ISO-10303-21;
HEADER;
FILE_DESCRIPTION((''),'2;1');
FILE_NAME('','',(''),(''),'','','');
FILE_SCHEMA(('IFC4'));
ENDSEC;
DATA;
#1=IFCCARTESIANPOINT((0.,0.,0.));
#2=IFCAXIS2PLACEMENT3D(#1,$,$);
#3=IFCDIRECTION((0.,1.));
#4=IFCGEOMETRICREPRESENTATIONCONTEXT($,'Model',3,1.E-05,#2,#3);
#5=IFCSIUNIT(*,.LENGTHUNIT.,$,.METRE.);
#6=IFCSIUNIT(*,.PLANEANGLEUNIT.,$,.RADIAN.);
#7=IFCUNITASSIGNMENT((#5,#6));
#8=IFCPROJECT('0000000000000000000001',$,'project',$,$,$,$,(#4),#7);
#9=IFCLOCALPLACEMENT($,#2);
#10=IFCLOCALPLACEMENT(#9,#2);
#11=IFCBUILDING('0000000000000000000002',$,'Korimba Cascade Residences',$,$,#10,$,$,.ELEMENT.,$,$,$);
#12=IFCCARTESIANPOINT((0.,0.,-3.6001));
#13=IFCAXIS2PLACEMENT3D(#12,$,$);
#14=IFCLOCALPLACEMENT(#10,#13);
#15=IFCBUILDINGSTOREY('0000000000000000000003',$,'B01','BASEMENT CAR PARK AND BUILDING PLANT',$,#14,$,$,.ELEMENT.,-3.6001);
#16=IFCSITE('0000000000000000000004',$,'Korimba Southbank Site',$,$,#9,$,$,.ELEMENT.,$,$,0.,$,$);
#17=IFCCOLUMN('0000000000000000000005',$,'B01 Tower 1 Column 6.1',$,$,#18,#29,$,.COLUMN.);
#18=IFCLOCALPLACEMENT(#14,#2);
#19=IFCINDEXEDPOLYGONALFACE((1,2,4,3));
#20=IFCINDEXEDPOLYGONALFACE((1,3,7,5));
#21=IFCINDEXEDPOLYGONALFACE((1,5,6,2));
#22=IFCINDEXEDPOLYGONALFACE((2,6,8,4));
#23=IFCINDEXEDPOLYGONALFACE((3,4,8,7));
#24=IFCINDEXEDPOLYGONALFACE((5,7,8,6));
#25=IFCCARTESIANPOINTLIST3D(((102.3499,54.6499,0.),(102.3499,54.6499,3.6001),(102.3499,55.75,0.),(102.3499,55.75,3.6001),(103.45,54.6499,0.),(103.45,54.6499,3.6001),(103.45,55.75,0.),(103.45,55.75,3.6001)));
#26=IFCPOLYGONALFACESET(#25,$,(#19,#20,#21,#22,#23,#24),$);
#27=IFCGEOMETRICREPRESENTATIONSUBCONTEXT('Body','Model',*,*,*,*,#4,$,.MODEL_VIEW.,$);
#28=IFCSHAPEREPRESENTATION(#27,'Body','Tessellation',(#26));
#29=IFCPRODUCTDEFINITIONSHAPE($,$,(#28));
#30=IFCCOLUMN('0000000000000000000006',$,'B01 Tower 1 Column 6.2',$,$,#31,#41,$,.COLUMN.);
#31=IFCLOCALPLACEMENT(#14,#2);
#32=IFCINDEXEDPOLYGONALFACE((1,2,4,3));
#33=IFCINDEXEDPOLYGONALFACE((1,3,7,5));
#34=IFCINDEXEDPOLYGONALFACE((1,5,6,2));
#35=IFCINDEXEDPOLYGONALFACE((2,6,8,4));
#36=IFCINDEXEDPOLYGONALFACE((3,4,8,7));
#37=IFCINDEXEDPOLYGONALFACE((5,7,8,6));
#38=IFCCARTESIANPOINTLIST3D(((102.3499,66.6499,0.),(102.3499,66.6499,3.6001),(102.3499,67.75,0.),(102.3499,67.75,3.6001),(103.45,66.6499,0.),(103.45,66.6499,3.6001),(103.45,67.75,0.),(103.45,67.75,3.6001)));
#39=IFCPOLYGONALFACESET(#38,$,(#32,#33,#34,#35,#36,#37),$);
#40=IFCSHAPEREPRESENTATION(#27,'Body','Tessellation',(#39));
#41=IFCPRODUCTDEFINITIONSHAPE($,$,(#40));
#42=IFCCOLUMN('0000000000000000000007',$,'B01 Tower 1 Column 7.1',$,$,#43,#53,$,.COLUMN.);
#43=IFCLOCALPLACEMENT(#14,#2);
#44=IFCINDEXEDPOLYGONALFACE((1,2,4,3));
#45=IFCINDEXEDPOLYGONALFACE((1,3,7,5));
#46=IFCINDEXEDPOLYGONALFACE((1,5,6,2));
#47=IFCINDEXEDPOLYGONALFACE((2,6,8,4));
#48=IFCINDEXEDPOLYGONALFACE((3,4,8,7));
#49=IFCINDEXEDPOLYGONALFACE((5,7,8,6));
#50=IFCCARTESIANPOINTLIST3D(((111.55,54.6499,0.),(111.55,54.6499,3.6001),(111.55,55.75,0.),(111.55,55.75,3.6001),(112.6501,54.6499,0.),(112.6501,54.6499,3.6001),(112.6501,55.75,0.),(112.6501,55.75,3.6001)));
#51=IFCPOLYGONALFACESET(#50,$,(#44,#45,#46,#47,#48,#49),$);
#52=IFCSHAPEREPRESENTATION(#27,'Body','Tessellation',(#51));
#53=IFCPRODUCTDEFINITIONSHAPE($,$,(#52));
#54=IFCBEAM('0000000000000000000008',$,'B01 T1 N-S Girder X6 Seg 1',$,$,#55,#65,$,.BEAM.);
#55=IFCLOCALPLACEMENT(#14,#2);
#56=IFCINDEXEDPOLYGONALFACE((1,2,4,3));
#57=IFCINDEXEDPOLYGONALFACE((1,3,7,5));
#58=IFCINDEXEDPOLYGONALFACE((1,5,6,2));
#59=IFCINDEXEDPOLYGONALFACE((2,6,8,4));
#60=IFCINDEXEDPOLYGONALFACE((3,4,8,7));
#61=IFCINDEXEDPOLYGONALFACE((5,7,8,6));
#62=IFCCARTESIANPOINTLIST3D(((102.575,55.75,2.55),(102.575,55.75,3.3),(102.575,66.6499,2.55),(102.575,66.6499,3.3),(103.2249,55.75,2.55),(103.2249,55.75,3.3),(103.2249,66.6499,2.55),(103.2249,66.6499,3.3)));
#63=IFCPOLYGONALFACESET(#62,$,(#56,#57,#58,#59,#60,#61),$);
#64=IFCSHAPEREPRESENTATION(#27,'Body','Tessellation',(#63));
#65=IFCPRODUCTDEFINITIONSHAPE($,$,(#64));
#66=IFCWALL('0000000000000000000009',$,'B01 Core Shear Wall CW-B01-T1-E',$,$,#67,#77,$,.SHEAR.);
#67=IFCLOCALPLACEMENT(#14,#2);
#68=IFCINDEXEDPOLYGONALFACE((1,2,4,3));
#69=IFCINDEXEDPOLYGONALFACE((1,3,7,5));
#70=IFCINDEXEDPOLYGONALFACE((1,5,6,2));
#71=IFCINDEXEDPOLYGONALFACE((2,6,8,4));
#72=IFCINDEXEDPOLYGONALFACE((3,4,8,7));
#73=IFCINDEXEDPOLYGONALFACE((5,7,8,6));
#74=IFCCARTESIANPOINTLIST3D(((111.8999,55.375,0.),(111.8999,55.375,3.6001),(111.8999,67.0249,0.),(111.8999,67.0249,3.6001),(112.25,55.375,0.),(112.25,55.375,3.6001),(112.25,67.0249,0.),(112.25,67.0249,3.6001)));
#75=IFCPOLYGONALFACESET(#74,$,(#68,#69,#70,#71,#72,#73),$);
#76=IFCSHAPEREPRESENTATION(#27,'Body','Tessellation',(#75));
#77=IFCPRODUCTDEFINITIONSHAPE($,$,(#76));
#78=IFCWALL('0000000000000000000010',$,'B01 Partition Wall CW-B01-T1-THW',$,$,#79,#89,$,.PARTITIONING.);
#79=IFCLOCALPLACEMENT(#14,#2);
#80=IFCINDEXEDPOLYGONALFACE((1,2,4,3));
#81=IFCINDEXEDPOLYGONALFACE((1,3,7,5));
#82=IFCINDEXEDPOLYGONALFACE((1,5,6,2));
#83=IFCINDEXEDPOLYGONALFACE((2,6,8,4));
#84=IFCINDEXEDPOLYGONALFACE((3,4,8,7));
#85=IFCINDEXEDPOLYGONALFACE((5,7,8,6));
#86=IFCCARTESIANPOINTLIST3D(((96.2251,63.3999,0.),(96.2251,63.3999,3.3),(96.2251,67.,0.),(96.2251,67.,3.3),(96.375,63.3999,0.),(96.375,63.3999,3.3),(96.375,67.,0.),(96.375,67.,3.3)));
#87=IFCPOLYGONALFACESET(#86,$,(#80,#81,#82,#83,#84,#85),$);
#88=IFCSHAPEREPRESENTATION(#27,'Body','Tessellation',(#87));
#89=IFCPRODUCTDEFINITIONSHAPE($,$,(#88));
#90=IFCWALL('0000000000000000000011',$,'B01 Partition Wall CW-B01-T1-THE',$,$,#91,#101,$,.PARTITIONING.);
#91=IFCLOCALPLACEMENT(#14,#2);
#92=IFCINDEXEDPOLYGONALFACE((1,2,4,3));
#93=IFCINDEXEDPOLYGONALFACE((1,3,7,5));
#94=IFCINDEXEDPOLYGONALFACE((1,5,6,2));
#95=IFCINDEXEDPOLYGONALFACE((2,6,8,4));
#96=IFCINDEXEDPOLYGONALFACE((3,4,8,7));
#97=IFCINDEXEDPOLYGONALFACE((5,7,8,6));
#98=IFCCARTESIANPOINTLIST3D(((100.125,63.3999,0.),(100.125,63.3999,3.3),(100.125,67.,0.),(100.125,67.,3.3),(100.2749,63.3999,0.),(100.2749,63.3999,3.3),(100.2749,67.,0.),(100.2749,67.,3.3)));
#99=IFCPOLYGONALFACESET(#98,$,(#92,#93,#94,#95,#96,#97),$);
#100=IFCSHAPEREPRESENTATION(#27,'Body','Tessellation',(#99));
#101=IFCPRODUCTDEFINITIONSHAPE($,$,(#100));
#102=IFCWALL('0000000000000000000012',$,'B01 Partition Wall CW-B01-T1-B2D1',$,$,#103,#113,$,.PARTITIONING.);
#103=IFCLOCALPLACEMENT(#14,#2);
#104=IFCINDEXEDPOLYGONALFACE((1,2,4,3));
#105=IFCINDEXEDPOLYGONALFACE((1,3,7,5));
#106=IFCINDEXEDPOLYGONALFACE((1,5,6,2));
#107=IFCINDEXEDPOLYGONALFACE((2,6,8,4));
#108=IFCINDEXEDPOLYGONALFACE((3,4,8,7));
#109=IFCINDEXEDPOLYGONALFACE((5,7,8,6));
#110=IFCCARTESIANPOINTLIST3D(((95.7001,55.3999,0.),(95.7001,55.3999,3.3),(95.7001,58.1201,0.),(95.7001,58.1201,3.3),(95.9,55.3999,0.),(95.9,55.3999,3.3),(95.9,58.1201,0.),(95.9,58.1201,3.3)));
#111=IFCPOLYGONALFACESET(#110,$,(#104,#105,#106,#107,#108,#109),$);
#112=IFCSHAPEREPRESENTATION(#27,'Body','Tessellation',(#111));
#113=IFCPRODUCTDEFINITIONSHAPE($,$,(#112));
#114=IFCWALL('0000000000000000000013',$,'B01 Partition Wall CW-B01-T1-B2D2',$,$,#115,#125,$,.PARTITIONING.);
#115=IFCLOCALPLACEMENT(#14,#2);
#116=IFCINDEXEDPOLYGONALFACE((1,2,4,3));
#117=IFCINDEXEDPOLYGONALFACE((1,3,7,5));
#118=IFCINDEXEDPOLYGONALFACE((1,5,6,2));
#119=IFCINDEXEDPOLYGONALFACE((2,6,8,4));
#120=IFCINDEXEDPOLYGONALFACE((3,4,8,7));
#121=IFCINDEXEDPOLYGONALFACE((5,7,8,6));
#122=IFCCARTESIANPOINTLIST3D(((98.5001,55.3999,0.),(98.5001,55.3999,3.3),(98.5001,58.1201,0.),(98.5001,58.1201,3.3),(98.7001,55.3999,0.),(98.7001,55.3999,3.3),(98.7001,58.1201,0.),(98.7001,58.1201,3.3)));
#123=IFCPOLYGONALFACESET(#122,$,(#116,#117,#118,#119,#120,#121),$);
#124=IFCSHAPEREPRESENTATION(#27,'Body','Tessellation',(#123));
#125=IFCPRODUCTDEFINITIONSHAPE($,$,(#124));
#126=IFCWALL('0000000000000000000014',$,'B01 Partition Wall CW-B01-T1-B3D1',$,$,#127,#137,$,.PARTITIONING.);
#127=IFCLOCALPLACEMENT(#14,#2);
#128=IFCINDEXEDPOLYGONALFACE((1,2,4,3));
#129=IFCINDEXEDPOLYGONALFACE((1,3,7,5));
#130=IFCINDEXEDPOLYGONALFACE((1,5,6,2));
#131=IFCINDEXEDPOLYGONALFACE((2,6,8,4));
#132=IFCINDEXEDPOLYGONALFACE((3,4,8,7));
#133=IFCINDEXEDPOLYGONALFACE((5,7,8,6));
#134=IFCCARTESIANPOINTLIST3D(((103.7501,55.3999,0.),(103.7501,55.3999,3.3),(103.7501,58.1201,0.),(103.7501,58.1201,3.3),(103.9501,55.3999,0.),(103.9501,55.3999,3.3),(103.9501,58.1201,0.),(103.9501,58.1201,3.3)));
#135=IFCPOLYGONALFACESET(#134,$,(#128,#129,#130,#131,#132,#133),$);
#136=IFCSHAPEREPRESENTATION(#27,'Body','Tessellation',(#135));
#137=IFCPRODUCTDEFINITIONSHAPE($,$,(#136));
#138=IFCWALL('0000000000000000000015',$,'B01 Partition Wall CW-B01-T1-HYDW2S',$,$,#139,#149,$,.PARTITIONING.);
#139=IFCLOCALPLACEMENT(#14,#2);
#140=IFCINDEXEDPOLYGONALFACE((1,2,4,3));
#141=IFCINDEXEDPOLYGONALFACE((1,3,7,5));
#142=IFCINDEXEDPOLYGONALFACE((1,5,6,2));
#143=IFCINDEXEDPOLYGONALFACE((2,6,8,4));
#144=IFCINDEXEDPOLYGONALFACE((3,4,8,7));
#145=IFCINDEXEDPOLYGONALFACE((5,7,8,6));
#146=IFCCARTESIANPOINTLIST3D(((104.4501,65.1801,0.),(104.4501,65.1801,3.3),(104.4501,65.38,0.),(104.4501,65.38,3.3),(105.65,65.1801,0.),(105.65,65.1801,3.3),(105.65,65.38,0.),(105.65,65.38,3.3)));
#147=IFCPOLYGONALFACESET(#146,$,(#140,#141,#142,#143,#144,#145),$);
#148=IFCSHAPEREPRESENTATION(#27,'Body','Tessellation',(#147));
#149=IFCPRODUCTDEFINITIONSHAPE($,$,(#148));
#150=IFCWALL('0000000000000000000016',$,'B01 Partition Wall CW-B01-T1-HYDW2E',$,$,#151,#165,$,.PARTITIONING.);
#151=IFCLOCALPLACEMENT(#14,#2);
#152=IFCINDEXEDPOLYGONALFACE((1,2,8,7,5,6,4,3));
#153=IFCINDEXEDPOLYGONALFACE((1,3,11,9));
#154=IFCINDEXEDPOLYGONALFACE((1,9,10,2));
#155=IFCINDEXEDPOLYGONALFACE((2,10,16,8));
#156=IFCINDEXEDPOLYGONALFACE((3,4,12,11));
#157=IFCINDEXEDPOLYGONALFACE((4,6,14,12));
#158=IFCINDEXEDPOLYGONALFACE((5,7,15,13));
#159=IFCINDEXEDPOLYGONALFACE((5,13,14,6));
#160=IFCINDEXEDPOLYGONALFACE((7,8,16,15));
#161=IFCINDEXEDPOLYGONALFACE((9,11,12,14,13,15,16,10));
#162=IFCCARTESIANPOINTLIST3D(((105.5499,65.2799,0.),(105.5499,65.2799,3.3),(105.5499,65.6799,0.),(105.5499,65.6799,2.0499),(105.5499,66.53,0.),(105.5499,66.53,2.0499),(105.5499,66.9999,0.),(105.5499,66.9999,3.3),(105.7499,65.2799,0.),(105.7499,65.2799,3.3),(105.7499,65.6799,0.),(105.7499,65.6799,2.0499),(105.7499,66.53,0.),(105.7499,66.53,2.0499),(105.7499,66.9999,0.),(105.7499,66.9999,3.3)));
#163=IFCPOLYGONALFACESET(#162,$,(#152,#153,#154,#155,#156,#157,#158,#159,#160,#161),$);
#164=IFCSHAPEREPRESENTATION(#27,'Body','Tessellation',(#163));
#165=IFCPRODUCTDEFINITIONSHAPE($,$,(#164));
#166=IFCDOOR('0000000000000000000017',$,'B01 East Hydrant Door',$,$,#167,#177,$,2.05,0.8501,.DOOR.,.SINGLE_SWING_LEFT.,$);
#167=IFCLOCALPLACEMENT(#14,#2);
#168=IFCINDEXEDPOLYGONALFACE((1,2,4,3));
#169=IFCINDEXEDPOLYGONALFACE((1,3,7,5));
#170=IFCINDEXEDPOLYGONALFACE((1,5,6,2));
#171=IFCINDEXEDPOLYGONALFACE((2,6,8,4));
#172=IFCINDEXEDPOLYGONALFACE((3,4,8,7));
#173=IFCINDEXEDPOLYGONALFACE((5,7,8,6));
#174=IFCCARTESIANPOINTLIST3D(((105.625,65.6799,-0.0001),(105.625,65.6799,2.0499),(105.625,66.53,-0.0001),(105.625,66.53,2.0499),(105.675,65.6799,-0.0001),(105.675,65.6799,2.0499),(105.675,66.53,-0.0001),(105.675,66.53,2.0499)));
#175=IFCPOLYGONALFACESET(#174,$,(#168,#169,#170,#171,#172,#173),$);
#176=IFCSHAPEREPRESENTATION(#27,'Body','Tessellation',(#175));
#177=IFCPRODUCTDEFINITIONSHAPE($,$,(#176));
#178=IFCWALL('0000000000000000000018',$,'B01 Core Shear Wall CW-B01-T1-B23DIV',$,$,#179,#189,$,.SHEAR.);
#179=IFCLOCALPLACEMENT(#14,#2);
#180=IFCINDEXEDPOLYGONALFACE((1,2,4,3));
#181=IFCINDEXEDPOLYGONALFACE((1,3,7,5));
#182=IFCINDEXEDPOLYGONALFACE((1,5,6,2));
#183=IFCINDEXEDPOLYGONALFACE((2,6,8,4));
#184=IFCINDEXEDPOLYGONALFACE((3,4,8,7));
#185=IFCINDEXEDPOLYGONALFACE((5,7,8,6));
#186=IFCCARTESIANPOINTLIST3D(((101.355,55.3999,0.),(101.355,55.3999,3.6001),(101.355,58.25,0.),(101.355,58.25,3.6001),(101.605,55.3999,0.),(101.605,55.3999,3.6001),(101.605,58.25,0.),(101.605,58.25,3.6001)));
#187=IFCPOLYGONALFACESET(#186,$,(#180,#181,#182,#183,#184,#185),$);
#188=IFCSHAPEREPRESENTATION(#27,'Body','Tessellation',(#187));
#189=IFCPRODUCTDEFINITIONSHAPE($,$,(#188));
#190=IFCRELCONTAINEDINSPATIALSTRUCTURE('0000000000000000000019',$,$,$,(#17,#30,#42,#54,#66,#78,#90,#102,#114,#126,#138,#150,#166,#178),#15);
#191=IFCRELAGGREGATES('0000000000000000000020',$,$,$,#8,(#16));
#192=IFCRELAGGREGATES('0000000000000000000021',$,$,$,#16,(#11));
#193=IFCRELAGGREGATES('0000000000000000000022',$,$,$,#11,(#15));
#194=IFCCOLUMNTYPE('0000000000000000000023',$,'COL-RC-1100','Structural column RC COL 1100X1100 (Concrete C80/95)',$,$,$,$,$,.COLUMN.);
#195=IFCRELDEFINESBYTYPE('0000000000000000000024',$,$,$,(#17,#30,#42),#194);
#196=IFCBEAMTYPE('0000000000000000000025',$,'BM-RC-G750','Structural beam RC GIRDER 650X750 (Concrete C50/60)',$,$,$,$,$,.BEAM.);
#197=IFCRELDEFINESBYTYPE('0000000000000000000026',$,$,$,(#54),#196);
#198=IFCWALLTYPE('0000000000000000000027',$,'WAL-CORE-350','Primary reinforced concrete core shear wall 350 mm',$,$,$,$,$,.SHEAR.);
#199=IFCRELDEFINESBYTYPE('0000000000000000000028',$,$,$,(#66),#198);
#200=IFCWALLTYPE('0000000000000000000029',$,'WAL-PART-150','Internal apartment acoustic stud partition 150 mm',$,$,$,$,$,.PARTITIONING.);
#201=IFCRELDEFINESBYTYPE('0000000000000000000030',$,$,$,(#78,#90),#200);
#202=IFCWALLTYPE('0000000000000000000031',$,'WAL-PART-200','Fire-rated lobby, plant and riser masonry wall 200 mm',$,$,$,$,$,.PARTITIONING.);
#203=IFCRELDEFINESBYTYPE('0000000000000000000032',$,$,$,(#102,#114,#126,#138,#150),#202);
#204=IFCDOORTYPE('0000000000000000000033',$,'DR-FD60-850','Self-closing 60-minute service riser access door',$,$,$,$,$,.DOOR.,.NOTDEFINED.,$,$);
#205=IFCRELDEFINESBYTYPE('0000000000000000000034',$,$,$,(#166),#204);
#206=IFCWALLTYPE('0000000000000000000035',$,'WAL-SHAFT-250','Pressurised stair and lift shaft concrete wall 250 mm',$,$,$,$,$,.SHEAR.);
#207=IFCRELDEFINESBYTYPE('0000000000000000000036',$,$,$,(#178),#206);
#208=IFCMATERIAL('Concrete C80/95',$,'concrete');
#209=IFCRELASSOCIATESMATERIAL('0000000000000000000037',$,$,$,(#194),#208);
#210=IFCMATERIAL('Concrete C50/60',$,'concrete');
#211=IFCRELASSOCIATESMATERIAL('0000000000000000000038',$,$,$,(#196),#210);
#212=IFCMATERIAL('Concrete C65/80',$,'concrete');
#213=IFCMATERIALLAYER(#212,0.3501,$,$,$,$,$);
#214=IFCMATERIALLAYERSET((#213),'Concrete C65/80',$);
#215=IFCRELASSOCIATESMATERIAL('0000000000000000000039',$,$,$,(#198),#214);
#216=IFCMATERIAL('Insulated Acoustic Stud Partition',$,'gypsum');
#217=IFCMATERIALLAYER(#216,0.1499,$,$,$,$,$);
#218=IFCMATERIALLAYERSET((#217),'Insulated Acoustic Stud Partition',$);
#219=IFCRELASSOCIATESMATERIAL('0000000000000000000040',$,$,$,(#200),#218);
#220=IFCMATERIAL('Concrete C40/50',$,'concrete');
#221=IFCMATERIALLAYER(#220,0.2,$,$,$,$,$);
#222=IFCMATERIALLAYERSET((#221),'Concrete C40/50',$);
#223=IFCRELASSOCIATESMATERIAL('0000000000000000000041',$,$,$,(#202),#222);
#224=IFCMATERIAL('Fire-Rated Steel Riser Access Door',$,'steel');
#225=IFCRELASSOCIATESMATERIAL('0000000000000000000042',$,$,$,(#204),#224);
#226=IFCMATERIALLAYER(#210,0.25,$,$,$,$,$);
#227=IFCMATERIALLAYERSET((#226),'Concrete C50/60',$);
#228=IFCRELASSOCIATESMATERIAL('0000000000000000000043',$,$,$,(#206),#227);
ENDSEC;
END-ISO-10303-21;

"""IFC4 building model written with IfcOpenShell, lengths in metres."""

from ifc_helpers import new_model, si_unit, direction, frame, frame_2d, origin, origin_2d, place, context, subcontext, project, spatial, rectangle, extrude, material, layer, layer_set, material_profile, profile_set, type_object, element, fill, save


model = new_model("IFC4")

# Units and contexts
model_context = context("Model", 3, precision=1e-05, world=origin(), true_north=direction((0.0, 1.0)))
body_context = subcontext(model_context, "Body", "Model", "MODEL_VIEW")
ifc_project = project(units=[si_unit("LENGTHUNIT", "METRE"), si_unit("PLANEANGLEUNIT", "RADIAN")], contexts=[model_context])

# Site, building, storey
site_placement = place(None, origin())
site = spatial("IfcSite", under=ifc_project, at=site_placement, Name="Korimba Southbank Site", CompositionType="ELEMENT", RefElevation=0.0)
building_placement = place(site_placement, origin())
building = spatial("IfcBuilding", under=site, at=building_placement, Name="Korimba Cascade Residences", CompositionType="ELEMENT")
storey_placement = place(building_placement, frame((0.0, 0.0, -3.6001)))
storey = spatial("IfcBuildingStorey", under=building, at=storey_placement, Name="B01", Description="BASEMENT CAR PARK AND BUILDING PLANT", CompositionType="ELEMENT", Elevation=-3.6001)

# Columns
ifc_material_1 = material(Name="Concrete C80/95", Category="concrete")
ifc_material_profile_1 = material_profile(ifc_material_1, rectangle(XDim=1.1001, YDim=1.1001, at=origin_2d()), Name="Concrete C80/95")
ifc_profile_set_1 = profile_set([ifc_material_profile_1], Name="Concrete C80/95")
column_type = type_object("IfcColumnType", Name="COL-RC-1100", Description="Structural column RC COL 1100X1100 (Concrete C80/95)", PredefinedType="COLUMN", material=ifc_profile_set_1)
for number, where, z_axis, x_axis, name in (
    (1, (102.8999, 55.2, 0.0), (0.0, 0.0, 1.0), (1.0, 0.0, 0.0), "B01 Tower 1 Column 6.1"),
    (2, (102.8999, 67.2, 0.0), (0.0, 0.0, 1.0), (1.0, 0.0, 0.0), "B01 Tower 1 Column 6.2"),
    (3, (112.1001, 55.2, 0.0), (0.0, 0.0, 1.0), (1.0, 0.0, 0.0), "B01 Tower 1 Column 7.1"),
):
    element("IfcColumn", number, at=place(storey_placement, frame(where, z_axis=z_axis, x_axis=x_axis)), inside=storey, type_object=column_type, Name=name, PredefinedType="COLUMN", context=body_context, shape_type="SweptSolid", body=[
        extrude(rectangle(XDim=1.1001, YDim=1.1001, at=origin_2d()), origin(), (0.0, 0.0, 1.0), 3.6001),
    ])

# Beam
ifc_material_2 = material(Name="Concrete C50/60", Category="concrete")
ifc_material_profile_2 = material_profile(ifc_material_2, rectangle(XDim=0.6499, YDim=0.75, at=origin_2d()), Name="Concrete C50/60")
ifc_profile_set_2 = profile_set([ifc_material_profile_2], Name="Concrete C50/60")
beam_type = type_object("IfcBeamType", Name="BM-RC-G750", Description="Structural beam RC GIRDER 650X750 (Concrete C50/60)", PredefinedType="BEAM", material=ifc_profile_set_2)
beam_placement = place(storey_placement, frame((102.8999, 55.75, 2.925), z_axis=(0.0, 1.0, 0.0), x_axis=(-1.0, 0.0, 0.0)))
element("IfcBeam", 4, at=beam_placement, inside=storey, type_object=beam_type, Name="B01 T1 N-S Girder X6 Seg 1", PredefinedType="BEAM", context=body_context, shape_type="SweptSolid", body=[
    extrude(rectangle(XDim=0.6499, YDim=0.75, at=origin_2d()), origin(), (0.0, 0.0, 1.0), 10.8999),
])

# Walls
ifc_material_3 = material(Name="Concrete C65/80", Category="concrete")
ifc_layer_1 = layer(ifc_material_3, 0.3501)
ifc_layer_set_1 = layer_set([ifc_layer_1], Name="Concrete C65/80")
wall_type_1 = type_object("IfcWallType", Name="WAL-CORE-350", Description="Primary reinforced concrete core shear wall 350 mm", PredefinedType="SHEAR", material=ifc_layer_set_1)
wall_1_placement = place(storey_placement, frame((112.075, 55.375, 0.0), z_axis=(0.0, 0.0, 1.0), x_axis=(0.0, 1.0, 0.0)))
element("IfcWall", 5, at=wall_1_placement, inside=storey, type_object=wall_type_1, Name="B01 Core Shear Wall CW-B01-T1-E", PredefinedType="SHEAR", context=body_context, shape_type="SweptSolid", body=[
    extrude(rectangle(XDim=11.6499, YDim=0.3501, at=frame_2d((5.825, 0.0))), origin(), (0.0, 0.0, 1.0), 3.6001),
])
ifc_material_4 = material(Name="Insulated Acoustic Stud Partition", Category="gypsum")
ifc_layer_2 = layer(ifc_material_4, 0.1499)
ifc_layer_set_2 = layer_set([ifc_layer_2], Name="Insulated Acoustic Stud Partition")
wall_type_2 = type_object("IfcWallType", Name="WAL-PART-150", Description="Internal apartment acoustic stud partition 150 mm", PredefinedType="PARTITIONING", material=ifc_layer_set_2)
for number, where, z_axis, x_axis, name in (
    (6, (96.3, 63.3999, 0.0), (0.0, 0.0, 1.0), (0.0, 1.0, 0.0), "B01 Partition Wall CW-B01-T1-THW"),
    (7, (100.2, 63.3999, 0.0), (0.0, 0.0, 1.0), (0.0, 1.0, 0.0), "B01 Partition Wall CW-B01-T1-THE"),
):
    element("IfcWall", number, at=place(storey_placement, frame(where, z_axis=z_axis, x_axis=x_axis)), inside=storey, type_object=wall_type_2, Name=name, PredefinedType="PARTITIONING", context=body_context, shape_type="SweptSolid", body=[
        extrude(rectangle(XDim=3.6001, YDim=0.1499, at=frame_2d((1.8, 0.0))), origin(), (0.0, 0.0, 1.0), 3.3),
    ])
ifc_material_5 = material(Name="Concrete C40/50", Category="concrete")
ifc_layer_3 = layer(ifc_material_5, 0.2)
ifc_layer_set_3 = layer_set([ifc_layer_3], Name="Concrete C40/50")
wall_type_3 = type_object("IfcWallType", Name="WAL-PART-200", Description="Fire-rated lobby, plant and riser masonry wall 200 mm", PredefinedType="PARTITIONING", material=ifc_layer_set_3)
for number, where, z_axis, x_axis, name in (
    (8, (95.8, 55.3999, 0.0), (0.0, 0.0, 1.0), (0.0, 1.0, 0.0), "B01 Partition Wall CW-B01-T1-B2D1"),
    (9, (98.6001, 55.3999, 0.0), (0.0, 0.0, 1.0), (0.0, 1.0, 0.0), "B01 Partition Wall CW-B01-T1-B2D2"),
    (10, (103.8501, 55.3999, 0.0), (0.0, 0.0, 1.0), (0.0, 1.0, 0.0), "B01 Partition Wall CW-B01-T1-B3D1"),
):
    element("IfcWall", number, at=place(storey_placement, frame(where, z_axis=z_axis, x_axis=x_axis)), inside=storey, type_object=wall_type_3, Name=name, PredefinedType="PARTITIONING", context=body_context, shape_type="SweptSolid", body=[
        extrude(rectangle(XDim=2.7202, YDim=0.2, at=frame_2d((1.3601, 0.0))), origin(), (0.0, 0.0, 1.0), 3.3),
    ])
wall_2_placement = place(storey_placement, frame((104.45, 65.28, 0.0), z_axis=(0.0, 0.0, 1.0), x_axis=(1.0, 0.0, 0.0)))
element("IfcWall", 11, at=wall_2_placement, inside=storey, type_object=wall_type_3, Name="B01 Partition Wall CW-B01-T1-HYDW2S", PredefinedType="PARTITIONING", context=body_context, shape_type="SweptSolid", body=[
    extrude(rectangle(XDim=1.2, YDim=0.2, at=frame_2d((0.6001, 0.0))), origin(), (0.0, 0.0, 1.0), 3.3),
])

# Wall, opening, door
wall_3_placement = place(storey_placement, frame((105.6499, 65.28, 0.0), z_axis=(0.0, 0.0, 1.0), x_axis=(0.0, 1.0, 0.0)))
wall_3 = element("IfcWall", 12, at=wall_3_placement, inside=storey, type_object=wall_type_3, Name="B01 Partition Wall CW-B01-T1-HYDW2E", PredefinedType="PARTITIONING", context=body_context, shape_type="SweptSolid", body=[
    extrude(rectangle(XDim=1.72, YDim=0.2, at=frame_2d((0.8599, 0.0))), origin(), (0.0, 0.0, 1.0), 3.3),
])
opening_1_placement = place(wall_3_placement, frame((0.3999, 0.0, 0.0)))
opening_1 = element("IfcOpeningElement", 13, at=opening_1_placement, cuts=wall_3, PredefinedType="OPENING", context=body_context, shape_type="SweptSolid", body=[
    extrude(rectangle(XDim=0.8501, YDim=2.05, at=frame_2d((0.425, 1.0249))), frame((0.0, 0.1099, 0.0), z_axis=(0.0, -1.0, 0.0), x_axis=(1.0, 0.0, 0.0)), (0.0, 0.0, 1.0), 0.22),
])
ifc_material_6 = material(Name="Fire-Rated Steel Riser Access Door", Category="steel")
door_type_1 = type_object("IfcDoorType", Name="DR-FD60-850", Description="Self-closing 60-minute service riser access door", OperationType="NOTDEFINED", PredefinedType="DOOR", material=ifc_material_6)
door_1_placement = place(opening_1_placement, origin())
door_1 = element("IfcDoor", 14, at=door_1_placement, inside=storey, type_object=door_type_1, Name="B01 East Hydrant Door", OperationType="SINGLE_SWING_LEFT", OverallHeight=2.05, OverallWidth=0.8501, PredefinedType="DOOR", context=body_context, shape_type="SweptSolid", body=[
    extrude(rectangle(XDim=0.8501, YDim=2.05, at=frame_2d((0.425, 1.0249))), frame((0.0, 0.0249, 0.0), z_axis=(0.0, -1.0, 0.0), x_axis=(1.0, 0.0, 0.0)), (0.0, 0.0, 1.0), 0.05),
])
fill(opening_1, door_1)

# Wall
ifc_layer_4 = layer(ifc_material_2, 0.25)
ifc_layer_set_4 = layer_set([ifc_layer_4], Name="Concrete C50/60")
wall_type_4 = type_object("IfcWallType", Name="WAL-SHAFT-250", Description="Pressurised stair and lift shaft concrete wall 250 mm", PredefinedType="SHEAR", material=ifc_layer_set_4)
wall_4_placement = place(storey_placement, frame((101.48, 55.3999, 0.0), z_axis=(0.0, 0.0, 1.0), x_axis=(0.0, 1.0, 0.0)))
element("IfcWall", 15, at=wall_4_placement, inside=storey, type_object=wall_type_4, Name="B01 Core Shear Wall CW-B01-T1-B23DIV", PredefinedType="SHEAR", context=body_context, shape_type="SweptSolid", body=[
    extrude(rectangle(XDim=2.8501, YDim=0.25, at=frame_2d((1.425, 0.0))), origin(), (0.0, 0.0, 1.0), 3.6001),
])

save(model, "model.ifc")
